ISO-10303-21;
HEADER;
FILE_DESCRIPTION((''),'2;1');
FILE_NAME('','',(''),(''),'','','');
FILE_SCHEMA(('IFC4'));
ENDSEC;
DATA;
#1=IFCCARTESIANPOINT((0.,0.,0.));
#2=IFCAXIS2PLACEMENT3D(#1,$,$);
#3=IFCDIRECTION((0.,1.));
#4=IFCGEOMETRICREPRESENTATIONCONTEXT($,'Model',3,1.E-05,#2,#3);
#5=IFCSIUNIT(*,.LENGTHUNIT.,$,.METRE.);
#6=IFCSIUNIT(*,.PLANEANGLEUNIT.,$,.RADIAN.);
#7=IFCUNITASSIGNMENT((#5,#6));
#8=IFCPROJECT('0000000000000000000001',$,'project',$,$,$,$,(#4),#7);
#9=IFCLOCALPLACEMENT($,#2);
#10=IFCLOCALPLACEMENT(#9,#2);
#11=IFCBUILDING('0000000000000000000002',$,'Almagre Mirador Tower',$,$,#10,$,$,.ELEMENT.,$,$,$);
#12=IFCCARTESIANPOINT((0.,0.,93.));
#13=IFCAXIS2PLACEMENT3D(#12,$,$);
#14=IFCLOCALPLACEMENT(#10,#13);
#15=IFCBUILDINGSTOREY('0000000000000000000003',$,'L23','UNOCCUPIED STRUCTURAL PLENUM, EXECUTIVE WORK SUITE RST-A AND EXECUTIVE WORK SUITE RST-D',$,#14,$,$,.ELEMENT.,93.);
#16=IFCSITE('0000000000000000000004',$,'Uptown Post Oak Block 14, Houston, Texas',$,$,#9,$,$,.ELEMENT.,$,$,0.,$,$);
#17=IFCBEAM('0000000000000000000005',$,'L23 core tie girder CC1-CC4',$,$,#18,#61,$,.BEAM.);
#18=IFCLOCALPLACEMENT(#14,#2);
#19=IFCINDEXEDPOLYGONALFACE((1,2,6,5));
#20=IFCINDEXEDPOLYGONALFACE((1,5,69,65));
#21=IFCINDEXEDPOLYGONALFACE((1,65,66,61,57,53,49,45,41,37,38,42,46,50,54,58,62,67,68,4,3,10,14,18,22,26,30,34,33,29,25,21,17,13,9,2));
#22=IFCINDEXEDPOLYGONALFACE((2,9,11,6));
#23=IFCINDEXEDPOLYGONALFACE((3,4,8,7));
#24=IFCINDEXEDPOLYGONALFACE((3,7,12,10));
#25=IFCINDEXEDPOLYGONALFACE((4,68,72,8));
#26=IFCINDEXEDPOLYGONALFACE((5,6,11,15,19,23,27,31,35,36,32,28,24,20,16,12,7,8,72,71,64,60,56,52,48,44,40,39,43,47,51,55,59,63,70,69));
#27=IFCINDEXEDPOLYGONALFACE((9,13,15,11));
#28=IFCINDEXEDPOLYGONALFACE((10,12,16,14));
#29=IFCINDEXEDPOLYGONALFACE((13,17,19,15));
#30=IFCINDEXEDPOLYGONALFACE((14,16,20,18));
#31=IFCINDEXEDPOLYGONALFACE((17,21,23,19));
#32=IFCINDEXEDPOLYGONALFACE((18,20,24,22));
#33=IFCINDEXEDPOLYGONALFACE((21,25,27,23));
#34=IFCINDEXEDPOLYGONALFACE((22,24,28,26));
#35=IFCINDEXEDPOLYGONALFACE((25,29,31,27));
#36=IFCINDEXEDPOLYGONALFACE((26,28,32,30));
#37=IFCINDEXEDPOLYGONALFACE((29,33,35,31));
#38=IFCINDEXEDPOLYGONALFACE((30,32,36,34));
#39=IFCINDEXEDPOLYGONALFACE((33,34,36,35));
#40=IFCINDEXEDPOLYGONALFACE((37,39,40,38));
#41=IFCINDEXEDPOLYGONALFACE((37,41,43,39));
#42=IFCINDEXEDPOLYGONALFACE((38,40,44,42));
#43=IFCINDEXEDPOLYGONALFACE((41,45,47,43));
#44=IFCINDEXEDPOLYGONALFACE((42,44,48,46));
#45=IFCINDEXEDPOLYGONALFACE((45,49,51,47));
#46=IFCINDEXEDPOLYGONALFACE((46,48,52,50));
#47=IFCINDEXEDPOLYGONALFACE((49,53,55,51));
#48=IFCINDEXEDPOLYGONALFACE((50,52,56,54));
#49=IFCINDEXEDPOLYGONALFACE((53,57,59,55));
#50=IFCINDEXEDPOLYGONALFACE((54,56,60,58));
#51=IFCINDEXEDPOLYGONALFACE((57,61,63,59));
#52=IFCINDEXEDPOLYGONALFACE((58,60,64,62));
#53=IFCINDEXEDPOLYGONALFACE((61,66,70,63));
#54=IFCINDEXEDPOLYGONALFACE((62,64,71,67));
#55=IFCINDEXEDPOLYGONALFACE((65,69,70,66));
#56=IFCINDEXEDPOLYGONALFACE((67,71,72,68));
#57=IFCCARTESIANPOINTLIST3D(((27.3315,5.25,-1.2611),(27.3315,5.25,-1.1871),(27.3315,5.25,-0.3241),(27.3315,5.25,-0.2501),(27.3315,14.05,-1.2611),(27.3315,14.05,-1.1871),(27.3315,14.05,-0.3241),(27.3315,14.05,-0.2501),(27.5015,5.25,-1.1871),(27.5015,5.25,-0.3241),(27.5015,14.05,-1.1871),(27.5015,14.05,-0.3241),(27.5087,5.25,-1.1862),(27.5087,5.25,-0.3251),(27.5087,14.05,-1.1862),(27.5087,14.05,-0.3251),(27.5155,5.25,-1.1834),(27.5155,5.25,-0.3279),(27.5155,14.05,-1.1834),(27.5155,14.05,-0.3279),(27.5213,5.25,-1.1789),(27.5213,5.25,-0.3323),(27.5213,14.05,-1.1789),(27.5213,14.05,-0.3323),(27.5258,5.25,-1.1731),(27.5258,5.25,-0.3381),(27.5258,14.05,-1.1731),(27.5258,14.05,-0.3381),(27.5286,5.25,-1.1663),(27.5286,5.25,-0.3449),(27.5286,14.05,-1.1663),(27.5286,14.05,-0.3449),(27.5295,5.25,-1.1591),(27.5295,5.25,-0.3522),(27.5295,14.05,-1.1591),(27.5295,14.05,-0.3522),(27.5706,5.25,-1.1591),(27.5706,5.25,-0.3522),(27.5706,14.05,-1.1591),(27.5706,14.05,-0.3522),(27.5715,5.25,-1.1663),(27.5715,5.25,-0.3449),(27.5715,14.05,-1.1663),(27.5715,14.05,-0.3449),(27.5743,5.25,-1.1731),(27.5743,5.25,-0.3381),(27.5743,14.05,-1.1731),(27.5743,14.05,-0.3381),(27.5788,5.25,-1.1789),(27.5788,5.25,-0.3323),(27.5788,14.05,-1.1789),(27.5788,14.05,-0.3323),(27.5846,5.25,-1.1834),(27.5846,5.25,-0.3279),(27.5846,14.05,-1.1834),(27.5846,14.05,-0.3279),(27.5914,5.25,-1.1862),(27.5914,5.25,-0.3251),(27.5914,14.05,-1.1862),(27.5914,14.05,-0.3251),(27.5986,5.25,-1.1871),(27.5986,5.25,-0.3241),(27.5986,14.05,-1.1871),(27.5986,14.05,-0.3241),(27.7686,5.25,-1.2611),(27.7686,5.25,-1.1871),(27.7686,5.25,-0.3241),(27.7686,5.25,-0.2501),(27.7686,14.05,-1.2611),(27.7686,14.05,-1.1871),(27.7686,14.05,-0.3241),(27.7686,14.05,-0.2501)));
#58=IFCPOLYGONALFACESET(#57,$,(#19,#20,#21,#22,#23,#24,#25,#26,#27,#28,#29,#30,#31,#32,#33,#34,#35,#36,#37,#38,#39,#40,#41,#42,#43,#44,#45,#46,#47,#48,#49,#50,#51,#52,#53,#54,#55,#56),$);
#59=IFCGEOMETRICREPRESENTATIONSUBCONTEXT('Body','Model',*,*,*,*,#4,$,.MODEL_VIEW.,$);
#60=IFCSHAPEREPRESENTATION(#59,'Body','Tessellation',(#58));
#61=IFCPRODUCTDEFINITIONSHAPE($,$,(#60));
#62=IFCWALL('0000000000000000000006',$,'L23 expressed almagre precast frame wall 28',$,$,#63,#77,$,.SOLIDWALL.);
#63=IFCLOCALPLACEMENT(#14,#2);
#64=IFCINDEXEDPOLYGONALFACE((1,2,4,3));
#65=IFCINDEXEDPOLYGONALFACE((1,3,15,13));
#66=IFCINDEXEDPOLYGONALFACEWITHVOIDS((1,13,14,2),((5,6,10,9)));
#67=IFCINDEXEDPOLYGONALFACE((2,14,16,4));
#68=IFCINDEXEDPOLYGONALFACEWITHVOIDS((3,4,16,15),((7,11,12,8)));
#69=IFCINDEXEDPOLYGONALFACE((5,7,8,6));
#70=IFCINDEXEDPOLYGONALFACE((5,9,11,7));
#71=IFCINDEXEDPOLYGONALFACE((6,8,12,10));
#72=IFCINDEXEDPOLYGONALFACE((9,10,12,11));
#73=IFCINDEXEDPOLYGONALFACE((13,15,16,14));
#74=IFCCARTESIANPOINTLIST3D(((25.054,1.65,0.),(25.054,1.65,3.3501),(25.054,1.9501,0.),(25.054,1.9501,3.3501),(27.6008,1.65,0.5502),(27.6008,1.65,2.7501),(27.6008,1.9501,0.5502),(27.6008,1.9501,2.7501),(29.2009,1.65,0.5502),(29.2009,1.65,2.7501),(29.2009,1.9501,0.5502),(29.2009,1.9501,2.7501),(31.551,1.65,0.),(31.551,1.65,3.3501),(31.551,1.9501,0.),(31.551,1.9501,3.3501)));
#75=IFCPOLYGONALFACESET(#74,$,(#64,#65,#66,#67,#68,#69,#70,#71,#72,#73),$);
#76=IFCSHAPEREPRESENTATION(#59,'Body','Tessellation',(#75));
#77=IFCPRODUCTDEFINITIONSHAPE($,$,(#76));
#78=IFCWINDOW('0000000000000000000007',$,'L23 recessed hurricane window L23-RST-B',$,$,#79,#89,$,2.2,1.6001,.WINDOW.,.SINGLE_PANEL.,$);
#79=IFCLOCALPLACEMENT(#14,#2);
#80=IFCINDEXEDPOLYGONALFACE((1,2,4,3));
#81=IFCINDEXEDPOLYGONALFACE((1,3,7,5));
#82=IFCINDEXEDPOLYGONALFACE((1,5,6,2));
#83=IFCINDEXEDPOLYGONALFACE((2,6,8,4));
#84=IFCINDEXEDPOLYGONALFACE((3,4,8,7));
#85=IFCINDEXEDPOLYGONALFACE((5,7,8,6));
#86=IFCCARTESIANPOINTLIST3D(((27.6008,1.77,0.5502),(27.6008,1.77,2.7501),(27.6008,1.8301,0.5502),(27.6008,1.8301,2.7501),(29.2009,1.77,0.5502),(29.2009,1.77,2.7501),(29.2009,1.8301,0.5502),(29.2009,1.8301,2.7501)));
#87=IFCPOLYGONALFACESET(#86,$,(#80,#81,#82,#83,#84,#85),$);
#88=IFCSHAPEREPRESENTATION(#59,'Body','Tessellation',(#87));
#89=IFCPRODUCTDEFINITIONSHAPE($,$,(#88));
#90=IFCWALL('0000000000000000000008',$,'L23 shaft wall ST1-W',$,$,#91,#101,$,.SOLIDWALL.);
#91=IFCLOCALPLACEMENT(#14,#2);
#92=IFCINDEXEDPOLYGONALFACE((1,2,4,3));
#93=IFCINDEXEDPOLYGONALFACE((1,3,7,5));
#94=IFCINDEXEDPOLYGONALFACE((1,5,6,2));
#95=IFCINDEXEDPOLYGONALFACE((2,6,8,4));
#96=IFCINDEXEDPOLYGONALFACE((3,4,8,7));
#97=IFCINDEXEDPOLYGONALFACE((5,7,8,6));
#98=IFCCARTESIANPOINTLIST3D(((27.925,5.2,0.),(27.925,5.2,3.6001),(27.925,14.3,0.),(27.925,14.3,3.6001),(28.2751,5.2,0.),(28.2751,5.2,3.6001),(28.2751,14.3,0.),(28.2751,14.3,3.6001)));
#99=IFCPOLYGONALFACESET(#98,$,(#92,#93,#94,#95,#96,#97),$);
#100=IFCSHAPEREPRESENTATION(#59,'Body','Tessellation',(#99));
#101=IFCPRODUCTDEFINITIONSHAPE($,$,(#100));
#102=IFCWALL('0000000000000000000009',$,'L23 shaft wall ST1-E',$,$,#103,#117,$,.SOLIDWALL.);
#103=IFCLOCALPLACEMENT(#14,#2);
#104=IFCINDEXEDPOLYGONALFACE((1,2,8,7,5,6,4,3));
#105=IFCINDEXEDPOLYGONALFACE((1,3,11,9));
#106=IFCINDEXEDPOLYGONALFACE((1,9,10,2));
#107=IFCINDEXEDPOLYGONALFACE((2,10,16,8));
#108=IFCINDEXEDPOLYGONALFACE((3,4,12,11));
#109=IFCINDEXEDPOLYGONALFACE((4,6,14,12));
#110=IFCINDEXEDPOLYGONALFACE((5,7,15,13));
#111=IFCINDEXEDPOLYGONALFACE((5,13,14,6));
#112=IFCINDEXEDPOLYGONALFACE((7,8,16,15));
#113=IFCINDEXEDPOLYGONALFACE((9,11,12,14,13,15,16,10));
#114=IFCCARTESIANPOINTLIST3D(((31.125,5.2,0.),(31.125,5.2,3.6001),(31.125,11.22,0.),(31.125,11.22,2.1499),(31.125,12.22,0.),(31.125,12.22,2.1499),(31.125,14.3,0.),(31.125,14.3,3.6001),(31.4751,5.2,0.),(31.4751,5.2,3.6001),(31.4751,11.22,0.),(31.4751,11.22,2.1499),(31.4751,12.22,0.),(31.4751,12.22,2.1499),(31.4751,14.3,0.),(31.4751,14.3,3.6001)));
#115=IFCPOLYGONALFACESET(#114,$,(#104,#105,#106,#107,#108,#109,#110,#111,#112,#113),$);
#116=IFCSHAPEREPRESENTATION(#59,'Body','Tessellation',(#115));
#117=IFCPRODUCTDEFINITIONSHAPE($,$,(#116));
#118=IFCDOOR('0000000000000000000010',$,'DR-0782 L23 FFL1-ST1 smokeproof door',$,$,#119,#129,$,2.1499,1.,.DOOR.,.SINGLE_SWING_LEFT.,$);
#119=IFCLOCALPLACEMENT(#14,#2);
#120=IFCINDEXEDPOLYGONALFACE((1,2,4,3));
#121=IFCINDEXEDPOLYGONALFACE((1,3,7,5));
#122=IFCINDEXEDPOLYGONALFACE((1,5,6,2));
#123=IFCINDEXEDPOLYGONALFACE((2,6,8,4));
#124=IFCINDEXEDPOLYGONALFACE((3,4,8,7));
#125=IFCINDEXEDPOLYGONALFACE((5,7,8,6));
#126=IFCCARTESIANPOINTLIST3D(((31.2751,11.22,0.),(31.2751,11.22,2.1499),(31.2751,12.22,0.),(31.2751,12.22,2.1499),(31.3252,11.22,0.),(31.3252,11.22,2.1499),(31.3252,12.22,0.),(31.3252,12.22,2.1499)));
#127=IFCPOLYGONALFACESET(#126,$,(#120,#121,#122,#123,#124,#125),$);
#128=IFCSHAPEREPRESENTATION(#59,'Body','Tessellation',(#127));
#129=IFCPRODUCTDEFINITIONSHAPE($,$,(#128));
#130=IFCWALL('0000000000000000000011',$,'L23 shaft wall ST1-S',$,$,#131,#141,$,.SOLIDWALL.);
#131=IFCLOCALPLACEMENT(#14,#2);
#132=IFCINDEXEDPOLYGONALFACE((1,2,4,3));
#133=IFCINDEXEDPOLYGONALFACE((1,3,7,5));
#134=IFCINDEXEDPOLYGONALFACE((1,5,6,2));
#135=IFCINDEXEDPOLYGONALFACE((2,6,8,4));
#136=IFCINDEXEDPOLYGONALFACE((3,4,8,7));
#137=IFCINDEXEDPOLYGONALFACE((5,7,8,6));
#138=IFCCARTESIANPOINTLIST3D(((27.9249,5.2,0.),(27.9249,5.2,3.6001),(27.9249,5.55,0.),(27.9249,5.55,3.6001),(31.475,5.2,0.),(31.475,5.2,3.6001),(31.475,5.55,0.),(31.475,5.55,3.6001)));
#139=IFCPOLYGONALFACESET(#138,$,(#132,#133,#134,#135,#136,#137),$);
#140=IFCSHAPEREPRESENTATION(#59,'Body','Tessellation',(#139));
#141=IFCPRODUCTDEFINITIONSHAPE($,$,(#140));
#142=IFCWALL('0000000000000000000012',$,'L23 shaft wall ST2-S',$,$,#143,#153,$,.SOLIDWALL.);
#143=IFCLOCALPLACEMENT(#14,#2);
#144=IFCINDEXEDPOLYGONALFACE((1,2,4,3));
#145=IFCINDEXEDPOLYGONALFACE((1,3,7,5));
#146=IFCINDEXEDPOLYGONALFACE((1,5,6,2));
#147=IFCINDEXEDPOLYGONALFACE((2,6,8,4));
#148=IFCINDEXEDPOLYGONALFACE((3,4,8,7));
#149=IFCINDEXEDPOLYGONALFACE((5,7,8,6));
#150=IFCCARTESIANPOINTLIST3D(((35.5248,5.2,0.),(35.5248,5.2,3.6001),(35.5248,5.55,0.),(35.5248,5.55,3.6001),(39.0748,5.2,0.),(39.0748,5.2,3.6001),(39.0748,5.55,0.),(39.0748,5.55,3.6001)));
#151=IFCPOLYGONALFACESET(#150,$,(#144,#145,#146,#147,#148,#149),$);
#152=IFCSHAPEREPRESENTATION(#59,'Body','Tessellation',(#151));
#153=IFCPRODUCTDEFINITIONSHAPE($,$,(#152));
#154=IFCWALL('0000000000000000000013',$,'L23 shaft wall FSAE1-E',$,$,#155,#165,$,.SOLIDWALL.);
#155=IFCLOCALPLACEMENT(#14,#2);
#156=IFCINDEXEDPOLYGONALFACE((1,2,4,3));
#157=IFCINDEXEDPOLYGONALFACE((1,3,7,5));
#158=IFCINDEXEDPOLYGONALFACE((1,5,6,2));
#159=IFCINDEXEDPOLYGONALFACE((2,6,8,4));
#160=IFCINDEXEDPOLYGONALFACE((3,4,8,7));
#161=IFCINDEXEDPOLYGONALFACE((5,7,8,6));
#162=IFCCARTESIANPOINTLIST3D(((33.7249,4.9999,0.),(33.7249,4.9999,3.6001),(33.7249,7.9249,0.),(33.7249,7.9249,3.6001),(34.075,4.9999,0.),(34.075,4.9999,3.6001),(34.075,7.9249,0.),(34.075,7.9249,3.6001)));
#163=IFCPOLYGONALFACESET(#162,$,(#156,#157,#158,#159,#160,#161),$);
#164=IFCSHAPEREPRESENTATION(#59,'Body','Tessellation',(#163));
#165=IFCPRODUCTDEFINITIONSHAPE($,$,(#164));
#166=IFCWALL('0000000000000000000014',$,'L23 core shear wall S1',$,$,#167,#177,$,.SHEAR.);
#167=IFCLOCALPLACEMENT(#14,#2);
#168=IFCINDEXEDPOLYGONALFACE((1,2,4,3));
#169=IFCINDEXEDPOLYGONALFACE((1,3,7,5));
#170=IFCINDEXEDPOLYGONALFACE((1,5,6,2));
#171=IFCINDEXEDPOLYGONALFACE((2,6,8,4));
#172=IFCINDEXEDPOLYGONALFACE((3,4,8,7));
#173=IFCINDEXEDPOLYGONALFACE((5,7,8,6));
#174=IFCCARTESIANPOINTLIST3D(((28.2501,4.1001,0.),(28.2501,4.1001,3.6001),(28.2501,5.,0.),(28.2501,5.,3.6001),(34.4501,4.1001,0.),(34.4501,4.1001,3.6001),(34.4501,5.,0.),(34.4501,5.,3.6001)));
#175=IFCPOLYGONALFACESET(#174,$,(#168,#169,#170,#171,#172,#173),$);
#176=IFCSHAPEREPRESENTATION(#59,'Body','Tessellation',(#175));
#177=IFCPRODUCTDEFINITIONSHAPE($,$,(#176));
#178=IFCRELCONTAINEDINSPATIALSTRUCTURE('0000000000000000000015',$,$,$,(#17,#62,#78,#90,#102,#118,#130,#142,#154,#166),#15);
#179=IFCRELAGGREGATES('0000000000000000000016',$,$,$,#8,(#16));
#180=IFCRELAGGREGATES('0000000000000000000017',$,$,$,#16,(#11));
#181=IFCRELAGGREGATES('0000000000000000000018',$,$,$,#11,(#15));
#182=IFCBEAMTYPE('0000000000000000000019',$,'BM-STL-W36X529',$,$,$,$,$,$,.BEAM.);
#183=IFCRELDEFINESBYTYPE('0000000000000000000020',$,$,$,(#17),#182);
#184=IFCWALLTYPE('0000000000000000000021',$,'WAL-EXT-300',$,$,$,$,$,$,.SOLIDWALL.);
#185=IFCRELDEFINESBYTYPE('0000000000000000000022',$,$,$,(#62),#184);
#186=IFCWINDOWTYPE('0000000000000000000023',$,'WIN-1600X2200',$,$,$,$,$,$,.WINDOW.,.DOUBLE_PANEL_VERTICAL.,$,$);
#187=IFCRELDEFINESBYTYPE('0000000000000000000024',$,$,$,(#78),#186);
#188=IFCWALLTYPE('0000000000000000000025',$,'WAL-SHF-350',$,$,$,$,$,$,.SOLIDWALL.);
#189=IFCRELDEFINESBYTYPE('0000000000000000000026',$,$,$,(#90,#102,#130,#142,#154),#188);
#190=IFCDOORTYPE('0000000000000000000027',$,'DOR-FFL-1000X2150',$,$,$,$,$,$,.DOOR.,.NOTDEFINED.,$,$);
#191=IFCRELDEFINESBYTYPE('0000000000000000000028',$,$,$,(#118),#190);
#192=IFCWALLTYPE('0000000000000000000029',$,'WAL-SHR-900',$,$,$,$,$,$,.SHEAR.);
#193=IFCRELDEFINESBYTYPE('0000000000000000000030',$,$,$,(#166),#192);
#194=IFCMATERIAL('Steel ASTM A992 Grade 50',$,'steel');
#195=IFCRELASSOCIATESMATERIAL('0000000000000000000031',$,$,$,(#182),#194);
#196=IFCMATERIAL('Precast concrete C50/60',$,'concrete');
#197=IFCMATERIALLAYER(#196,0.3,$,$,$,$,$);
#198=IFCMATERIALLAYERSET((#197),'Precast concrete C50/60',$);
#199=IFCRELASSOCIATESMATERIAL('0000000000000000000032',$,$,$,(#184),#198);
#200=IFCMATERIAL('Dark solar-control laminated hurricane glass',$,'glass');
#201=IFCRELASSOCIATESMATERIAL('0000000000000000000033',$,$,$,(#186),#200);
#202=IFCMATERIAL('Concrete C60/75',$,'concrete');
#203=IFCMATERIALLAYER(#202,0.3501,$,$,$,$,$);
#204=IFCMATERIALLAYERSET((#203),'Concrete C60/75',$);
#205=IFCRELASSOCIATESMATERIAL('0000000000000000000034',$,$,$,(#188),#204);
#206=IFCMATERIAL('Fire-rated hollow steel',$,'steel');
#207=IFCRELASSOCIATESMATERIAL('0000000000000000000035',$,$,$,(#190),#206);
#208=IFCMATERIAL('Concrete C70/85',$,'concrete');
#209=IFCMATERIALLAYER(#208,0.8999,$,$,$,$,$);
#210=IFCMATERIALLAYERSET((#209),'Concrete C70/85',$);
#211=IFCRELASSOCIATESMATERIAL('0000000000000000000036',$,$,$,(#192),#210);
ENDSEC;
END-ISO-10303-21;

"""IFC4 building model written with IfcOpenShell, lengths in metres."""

from ifc_helpers import new_model, si_unit, direction, frame, frame_2d, origin, origin_2d, place, context, subcontext, project, spatial, rectangle, i_section, extrude, material, layer, layer_set, material_profile, profile_set, type_object, element, fill, save


model = new_model("IFC4")

# Units and contexts
model_context = context("Model", 3, precision=1e-05, world=origin(), true_north=direction((0.0, 1.0)))
body_context = subcontext(model_context, "Body", "Model", "MODEL_VIEW")
ifc_project = project(units=[si_unit("LENGTHUNIT", "METRE"), si_unit("PLANEANGLEUNIT", "RADIAN")], contexts=[model_context])

# Site, building, storey
site_placement = place(None, origin())
site = spatial("IfcSite", under=ifc_project, at=site_placement, Name="Uptown Post Oak Block 14, Houston, Texas", CompositionType="ELEMENT", RefElevation=0.0)
building_placement = place(site_placement, origin())
building = spatial("IfcBuilding", under=site, at=building_placement, Name="Almagre Mirador Tower", CompositionType="ELEMENT")
storey_placement = place(building_placement, frame((0.0, 0.0, 93.0)))
storey = spatial("IfcBuildingStorey", under=building, at=storey_placement, Name="L23", Description="UNOCCUPIED STRUCTURAL PLENUM, EXECUTIVE WORK SUITE RST-A AND EXECUTIVE WORK SUITE RST-D", CompositionType="ELEMENT", Elevation=93.0)

# Beam
ifc_material_1 = material(Name="Steel ASTM A992 Grade 50", Category="steel")
ifc_material_profile_1 = material_profile(ifc_material_1, i_section(OverallWidth=0.437, OverallDepth=1.011, WebThickness=0.041, FlangeThickness=0.074, FilletRadius=0.0281, at=origin_2d()), Name="W36X529")
ifc_profile_set_1 = profile_set([ifc_material_profile_1], Name="Steel ASTM A992 Grade 50")
beam_type_1 = type_object("IfcBeamType", Name="BM-STL-W36X529", PredefinedType="BEAM", material=ifc_profile_set_1)
beam_1_placement = place(storey_placement, frame((27.55, 5.25, -0.7556), z_axis=(0.0, 1.0, 0.0), x_axis=(-1.0, 0.0, 0.0)))
element("IfcBeam", 1, at=beam_1_placement, inside=storey, type_object=beam_type_1, Name="L23 core tie girder CC1-CC4", PredefinedType="BEAM", context=body_context, shape_type="SweptSolid", body=[
    extrude(i_section(OverallWidth=0.437, OverallDepth=1.011, WebThickness=0.041, FlangeThickness=0.074, FilletRadius=0.0281, at=origin_2d()), origin(), (0.0, 0.0, 1.0), 8.8),
])

# Wall, opening, window
ifc_material_2 = material(Name="Precast concrete C50/60", Category="concrete")
ifc_layer_1 = layer(ifc_material_2, 0.3)
ifc_layer_set_1 = layer_set([ifc_layer_1], Name="Precast concrete C50/60")
wall_type_1 = type_object("IfcWallType", Name="WAL-EXT-300", PredefinedType="SOLIDWALL", material=ifc_layer_set_1)
wall_1_placement = place(storey_placement, frame((31.551, 1.8, 0.0), z_axis=(0.0, 0.0, 1.0), x_axis=(-1.0, 0.0, 0.0)))
wall_1 = element("IfcWall", 2, at=wall_1_placement, inside=storey, type_object=wall_type_1, Name="L23 expressed almagre precast frame wall 28", PredefinedType="SOLIDWALL", context=body_context, shape_type="SweptSolid", body=[
    extrude(rectangle(XDim=6.4971, YDim=0.3, at=frame_2d((3.2485, 0.0))), origin(), (0.0, 0.0, 1.0), 3.3501),
])
opening_1_placement = place(wall_1_placement, frame((2.3501, 0.0, 0.55)))
opening_1 = element("IfcOpeningElement", 3, at=opening_1_placement, cuts=wall_1, PredefinedType="OPENING", context=body_context, shape_type="SweptSolid", body=[
    extrude(rectangle(XDim=1.6001, YDim=2.2, at=frame_2d((0.8, 1.1001))), frame((0.0, 0.1599, 0.0), z_axis=(0.0, -1.0, 0.0), x_axis=(1.0, 0.0, 0.0)), (0.0, 0.0, 1.0), 0.32),
])
ifc_material_3 = material(Name="Dark solar-control laminated hurricane glass", Category="glass")
window_type = type_object("IfcWindowType", Name="WIN-1600X2200", PartitioningType="DOUBLE_PANEL_VERTICAL", PredefinedType="WINDOW", material=ifc_material_3)
window_placement = place(opening_1_placement, origin())
window = element("IfcWindow", 4, at=window_placement, inside=storey, type_object=window_type, Name="L23 recessed hurricane window L23-RST-B", OverallHeight=2.2, OverallWidth=1.6001, PartitioningType="SINGLE_PANEL", PredefinedType="WINDOW", context=body_context, shape_type="SweptSolid", body=[
    extrude(rectangle(XDim=1.6001, YDim=2.2, at=frame_2d((0.8, 1.1001))), frame((0.0, 0.03, 0.0), z_axis=(0.0, -1.0, 0.0), x_axis=(1.0, 0.0, 0.0)), (0.0, 0.0, 1.0), 0.0601),
])
fill(opening_1, window)

# Wall
ifc_material_4 = material(Name="Concrete C60/75", Category="concrete")
ifc_layer_2 = layer(ifc_material_4, 0.3501)
ifc_layer_set_2 = layer_set([ifc_layer_2], Name="Concrete C60/75")
wall_type_2 = type_object("IfcWallType", Name="WAL-SHF-350", PredefinedType="SOLIDWALL", material=ifc_layer_set_2)
wall_2_placement = place(storey_placement, frame((28.1001, 5.2, 0.0), z_axis=(0.0, 0.0, 1.0), x_axis=(0.0, 1.0, 0.0)))
element("IfcWall", 5, at=wall_2_placement, inside=storey, type_object=wall_type_2, Name="L23 shaft wall ST1-W", PredefinedType="SOLIDWALL", context=body_context, shape_type="SweptSolid", body=[
    extrude(rectangle(XDim=9.1001, YDim=0.3501, at=frame_2d((4.55, 0.0))), origin(), (0.0, 0.0, 1.0), 3.6001),
])

# Wall, opening, door
wall_3_placement = place(storey_placement, frame((31.3, 5.2, 0.0), z_axis=(0.0, 0.0, 1.0), x_axis=(0.0, 1.0, 0.0)))
wall_3 = element("IfcWall", 6, at=wall_3_placement, inside=storey, type_object=wall_type_2, Name="L23 shaft wall ST1-E", PredefinedType="SOLIDWALL", context=body_context, shape_type="SweptSolid", body=[
    extrude(rectangle(XDim=9.1001, YDim=0.3501, at=frame_2d((4.55, 0.0))), origin(), (0.0, 0.0, 1.0), 3.6001),
])
opening_2_placement = place(wall_3_placement, frame((6.02, 0.0, 0.0)))
opening_2 = element("IfcOpeningElement", 7, at=opening_2_placement, cuts=wall_3, PredefinedType="OPENING", context=body_context, shape_type="SweptSolid", body=[
    extrude(rectangle(XDim=1.0, YDim=2.1499, at=frame_2d((0.5, 1.075))), frame((0.0, 0.185, 0.0), z_axis=(0.0, -1.0, 0.0), x_axis=(1.0, 0.0, 0.0)), (0.0, 0.0, 1.0), 0.3701),
])
ifc_material_5 = material(Name="Fire-rated hollow steel", Category="steel")
door_type = type_object("IfcDoorType", Name="DOR-FFL-1000X2150", OperationType="NOTDEFINED", PredefinedType="DOOR", material=ifc_material_5)
door_placement = place(opening_2_placement, origin())
door = element("IfcDoor", 8, at=door_placement, inside=storey, type_object=door_type, Name="DR-0782 L23 FFL1-ST1 smokeproof door", OperationType="SINGLE_SWING_LEFT", OverallHeight=2.1499, OverallWidth=1.0, PredefinedType="DOOR", context=body_context, shape_type="SweptSolid", body=[
    extrude(rectangle(XDim=1.0, YDim=2.1499, at=frame_2d((0.5, 1.075))), frame((0.0, 0.0249, 0.0), z_axis=(0.0, -1.0, 0.0), x_axis=(1.0, 0.0, 0.0)), (0.0, 0.0, 1.0), 0.05),
])
fill(opening_2, door)

# Walls
for number, where, z_axis, x_axis, name in (
    (9, (27.925, 5.375, 0.0), (0.0, 0.0, 1.0), (1.0, 0.0, 0.0), "L23 shaft wall ST1-S"),
    (10, (35.5249, 5.375, 0.0), (0.0, 0.0, 1.0), (1.0, 0.0, 0.0), "L23 shaft wall ST2-S"),
):
    element("IfcWall", number, at=place(storey_placement, frame(where, z_axis=z_axis, x_axis=x_axis)), inside=storey, type_object=wall_type_2, Name=name, PredefinedType="SOLIDWALL", context=body_context, shape_type="SweptSolid", body=[
        extrude(rectangle(XDim=3.55, YDim=0.3501, at=frame_2d((1.7749, 0.0))), origin(), (0.0, 0.0, 1.0), 3.6001),
    ])
wall_4_placement = place(storey_placement, frame((33.8999, 5.0, 0.0), z_axis=(0.0, 0.0, 1.0), x_axis=(0.0, 1.0, 0.0)))
element("IfcWall", 11, at=wall_4_placement, inside=storey, type_object=wall_type_2, Name="L23 shaft wall FSAE1-E", PredefinedType="SOLIDWALL", context=body_context, shape_type="SweptSolid", body=[
    extrude(rectangle(XDim=2.925, YDim=0.3501, at=frame_2d((1.4624, 0.0))), origin(), (0.0, 0.0, 1.0), 3.6001),
])
ifc_material_6 = material(Name="Concrete C70/85", Category="concrete")
ifc_layer_3 = layer(ifc_material_6, 0.8999)
ifc_layer_set_3 = layer_set([ifc_layer_3], Name="Concrete C70/85")
wall_type_3 = type_object("IfcWallType", Name="WAL-SHR-900", PredefinedType="SHEAR", material=ifc_layer_set_3)
wall_5_placement = place(storey_placement, frame((28.25, 4.55, 0.0), z_axis=(0.0, 0.0, 1.0), x_axis=(1.0, 0.0, 0.0)))
element("IfcWall", 12, at=wall_5_placement, inside=storey, type_object=wall_type_3, Name="L23 core shear wall S1", PredefinedType="SHEAR", context=body_context, shape_type="SweptSolid", body=[
    extrude(rectangle(XDim=6.2, YDim=0.8999, at=frame_2d((3.1001, 0.0))), origin(), (0.0, 0.0, 1.0), 3.6001),
])

save(model, "model.ifc")
